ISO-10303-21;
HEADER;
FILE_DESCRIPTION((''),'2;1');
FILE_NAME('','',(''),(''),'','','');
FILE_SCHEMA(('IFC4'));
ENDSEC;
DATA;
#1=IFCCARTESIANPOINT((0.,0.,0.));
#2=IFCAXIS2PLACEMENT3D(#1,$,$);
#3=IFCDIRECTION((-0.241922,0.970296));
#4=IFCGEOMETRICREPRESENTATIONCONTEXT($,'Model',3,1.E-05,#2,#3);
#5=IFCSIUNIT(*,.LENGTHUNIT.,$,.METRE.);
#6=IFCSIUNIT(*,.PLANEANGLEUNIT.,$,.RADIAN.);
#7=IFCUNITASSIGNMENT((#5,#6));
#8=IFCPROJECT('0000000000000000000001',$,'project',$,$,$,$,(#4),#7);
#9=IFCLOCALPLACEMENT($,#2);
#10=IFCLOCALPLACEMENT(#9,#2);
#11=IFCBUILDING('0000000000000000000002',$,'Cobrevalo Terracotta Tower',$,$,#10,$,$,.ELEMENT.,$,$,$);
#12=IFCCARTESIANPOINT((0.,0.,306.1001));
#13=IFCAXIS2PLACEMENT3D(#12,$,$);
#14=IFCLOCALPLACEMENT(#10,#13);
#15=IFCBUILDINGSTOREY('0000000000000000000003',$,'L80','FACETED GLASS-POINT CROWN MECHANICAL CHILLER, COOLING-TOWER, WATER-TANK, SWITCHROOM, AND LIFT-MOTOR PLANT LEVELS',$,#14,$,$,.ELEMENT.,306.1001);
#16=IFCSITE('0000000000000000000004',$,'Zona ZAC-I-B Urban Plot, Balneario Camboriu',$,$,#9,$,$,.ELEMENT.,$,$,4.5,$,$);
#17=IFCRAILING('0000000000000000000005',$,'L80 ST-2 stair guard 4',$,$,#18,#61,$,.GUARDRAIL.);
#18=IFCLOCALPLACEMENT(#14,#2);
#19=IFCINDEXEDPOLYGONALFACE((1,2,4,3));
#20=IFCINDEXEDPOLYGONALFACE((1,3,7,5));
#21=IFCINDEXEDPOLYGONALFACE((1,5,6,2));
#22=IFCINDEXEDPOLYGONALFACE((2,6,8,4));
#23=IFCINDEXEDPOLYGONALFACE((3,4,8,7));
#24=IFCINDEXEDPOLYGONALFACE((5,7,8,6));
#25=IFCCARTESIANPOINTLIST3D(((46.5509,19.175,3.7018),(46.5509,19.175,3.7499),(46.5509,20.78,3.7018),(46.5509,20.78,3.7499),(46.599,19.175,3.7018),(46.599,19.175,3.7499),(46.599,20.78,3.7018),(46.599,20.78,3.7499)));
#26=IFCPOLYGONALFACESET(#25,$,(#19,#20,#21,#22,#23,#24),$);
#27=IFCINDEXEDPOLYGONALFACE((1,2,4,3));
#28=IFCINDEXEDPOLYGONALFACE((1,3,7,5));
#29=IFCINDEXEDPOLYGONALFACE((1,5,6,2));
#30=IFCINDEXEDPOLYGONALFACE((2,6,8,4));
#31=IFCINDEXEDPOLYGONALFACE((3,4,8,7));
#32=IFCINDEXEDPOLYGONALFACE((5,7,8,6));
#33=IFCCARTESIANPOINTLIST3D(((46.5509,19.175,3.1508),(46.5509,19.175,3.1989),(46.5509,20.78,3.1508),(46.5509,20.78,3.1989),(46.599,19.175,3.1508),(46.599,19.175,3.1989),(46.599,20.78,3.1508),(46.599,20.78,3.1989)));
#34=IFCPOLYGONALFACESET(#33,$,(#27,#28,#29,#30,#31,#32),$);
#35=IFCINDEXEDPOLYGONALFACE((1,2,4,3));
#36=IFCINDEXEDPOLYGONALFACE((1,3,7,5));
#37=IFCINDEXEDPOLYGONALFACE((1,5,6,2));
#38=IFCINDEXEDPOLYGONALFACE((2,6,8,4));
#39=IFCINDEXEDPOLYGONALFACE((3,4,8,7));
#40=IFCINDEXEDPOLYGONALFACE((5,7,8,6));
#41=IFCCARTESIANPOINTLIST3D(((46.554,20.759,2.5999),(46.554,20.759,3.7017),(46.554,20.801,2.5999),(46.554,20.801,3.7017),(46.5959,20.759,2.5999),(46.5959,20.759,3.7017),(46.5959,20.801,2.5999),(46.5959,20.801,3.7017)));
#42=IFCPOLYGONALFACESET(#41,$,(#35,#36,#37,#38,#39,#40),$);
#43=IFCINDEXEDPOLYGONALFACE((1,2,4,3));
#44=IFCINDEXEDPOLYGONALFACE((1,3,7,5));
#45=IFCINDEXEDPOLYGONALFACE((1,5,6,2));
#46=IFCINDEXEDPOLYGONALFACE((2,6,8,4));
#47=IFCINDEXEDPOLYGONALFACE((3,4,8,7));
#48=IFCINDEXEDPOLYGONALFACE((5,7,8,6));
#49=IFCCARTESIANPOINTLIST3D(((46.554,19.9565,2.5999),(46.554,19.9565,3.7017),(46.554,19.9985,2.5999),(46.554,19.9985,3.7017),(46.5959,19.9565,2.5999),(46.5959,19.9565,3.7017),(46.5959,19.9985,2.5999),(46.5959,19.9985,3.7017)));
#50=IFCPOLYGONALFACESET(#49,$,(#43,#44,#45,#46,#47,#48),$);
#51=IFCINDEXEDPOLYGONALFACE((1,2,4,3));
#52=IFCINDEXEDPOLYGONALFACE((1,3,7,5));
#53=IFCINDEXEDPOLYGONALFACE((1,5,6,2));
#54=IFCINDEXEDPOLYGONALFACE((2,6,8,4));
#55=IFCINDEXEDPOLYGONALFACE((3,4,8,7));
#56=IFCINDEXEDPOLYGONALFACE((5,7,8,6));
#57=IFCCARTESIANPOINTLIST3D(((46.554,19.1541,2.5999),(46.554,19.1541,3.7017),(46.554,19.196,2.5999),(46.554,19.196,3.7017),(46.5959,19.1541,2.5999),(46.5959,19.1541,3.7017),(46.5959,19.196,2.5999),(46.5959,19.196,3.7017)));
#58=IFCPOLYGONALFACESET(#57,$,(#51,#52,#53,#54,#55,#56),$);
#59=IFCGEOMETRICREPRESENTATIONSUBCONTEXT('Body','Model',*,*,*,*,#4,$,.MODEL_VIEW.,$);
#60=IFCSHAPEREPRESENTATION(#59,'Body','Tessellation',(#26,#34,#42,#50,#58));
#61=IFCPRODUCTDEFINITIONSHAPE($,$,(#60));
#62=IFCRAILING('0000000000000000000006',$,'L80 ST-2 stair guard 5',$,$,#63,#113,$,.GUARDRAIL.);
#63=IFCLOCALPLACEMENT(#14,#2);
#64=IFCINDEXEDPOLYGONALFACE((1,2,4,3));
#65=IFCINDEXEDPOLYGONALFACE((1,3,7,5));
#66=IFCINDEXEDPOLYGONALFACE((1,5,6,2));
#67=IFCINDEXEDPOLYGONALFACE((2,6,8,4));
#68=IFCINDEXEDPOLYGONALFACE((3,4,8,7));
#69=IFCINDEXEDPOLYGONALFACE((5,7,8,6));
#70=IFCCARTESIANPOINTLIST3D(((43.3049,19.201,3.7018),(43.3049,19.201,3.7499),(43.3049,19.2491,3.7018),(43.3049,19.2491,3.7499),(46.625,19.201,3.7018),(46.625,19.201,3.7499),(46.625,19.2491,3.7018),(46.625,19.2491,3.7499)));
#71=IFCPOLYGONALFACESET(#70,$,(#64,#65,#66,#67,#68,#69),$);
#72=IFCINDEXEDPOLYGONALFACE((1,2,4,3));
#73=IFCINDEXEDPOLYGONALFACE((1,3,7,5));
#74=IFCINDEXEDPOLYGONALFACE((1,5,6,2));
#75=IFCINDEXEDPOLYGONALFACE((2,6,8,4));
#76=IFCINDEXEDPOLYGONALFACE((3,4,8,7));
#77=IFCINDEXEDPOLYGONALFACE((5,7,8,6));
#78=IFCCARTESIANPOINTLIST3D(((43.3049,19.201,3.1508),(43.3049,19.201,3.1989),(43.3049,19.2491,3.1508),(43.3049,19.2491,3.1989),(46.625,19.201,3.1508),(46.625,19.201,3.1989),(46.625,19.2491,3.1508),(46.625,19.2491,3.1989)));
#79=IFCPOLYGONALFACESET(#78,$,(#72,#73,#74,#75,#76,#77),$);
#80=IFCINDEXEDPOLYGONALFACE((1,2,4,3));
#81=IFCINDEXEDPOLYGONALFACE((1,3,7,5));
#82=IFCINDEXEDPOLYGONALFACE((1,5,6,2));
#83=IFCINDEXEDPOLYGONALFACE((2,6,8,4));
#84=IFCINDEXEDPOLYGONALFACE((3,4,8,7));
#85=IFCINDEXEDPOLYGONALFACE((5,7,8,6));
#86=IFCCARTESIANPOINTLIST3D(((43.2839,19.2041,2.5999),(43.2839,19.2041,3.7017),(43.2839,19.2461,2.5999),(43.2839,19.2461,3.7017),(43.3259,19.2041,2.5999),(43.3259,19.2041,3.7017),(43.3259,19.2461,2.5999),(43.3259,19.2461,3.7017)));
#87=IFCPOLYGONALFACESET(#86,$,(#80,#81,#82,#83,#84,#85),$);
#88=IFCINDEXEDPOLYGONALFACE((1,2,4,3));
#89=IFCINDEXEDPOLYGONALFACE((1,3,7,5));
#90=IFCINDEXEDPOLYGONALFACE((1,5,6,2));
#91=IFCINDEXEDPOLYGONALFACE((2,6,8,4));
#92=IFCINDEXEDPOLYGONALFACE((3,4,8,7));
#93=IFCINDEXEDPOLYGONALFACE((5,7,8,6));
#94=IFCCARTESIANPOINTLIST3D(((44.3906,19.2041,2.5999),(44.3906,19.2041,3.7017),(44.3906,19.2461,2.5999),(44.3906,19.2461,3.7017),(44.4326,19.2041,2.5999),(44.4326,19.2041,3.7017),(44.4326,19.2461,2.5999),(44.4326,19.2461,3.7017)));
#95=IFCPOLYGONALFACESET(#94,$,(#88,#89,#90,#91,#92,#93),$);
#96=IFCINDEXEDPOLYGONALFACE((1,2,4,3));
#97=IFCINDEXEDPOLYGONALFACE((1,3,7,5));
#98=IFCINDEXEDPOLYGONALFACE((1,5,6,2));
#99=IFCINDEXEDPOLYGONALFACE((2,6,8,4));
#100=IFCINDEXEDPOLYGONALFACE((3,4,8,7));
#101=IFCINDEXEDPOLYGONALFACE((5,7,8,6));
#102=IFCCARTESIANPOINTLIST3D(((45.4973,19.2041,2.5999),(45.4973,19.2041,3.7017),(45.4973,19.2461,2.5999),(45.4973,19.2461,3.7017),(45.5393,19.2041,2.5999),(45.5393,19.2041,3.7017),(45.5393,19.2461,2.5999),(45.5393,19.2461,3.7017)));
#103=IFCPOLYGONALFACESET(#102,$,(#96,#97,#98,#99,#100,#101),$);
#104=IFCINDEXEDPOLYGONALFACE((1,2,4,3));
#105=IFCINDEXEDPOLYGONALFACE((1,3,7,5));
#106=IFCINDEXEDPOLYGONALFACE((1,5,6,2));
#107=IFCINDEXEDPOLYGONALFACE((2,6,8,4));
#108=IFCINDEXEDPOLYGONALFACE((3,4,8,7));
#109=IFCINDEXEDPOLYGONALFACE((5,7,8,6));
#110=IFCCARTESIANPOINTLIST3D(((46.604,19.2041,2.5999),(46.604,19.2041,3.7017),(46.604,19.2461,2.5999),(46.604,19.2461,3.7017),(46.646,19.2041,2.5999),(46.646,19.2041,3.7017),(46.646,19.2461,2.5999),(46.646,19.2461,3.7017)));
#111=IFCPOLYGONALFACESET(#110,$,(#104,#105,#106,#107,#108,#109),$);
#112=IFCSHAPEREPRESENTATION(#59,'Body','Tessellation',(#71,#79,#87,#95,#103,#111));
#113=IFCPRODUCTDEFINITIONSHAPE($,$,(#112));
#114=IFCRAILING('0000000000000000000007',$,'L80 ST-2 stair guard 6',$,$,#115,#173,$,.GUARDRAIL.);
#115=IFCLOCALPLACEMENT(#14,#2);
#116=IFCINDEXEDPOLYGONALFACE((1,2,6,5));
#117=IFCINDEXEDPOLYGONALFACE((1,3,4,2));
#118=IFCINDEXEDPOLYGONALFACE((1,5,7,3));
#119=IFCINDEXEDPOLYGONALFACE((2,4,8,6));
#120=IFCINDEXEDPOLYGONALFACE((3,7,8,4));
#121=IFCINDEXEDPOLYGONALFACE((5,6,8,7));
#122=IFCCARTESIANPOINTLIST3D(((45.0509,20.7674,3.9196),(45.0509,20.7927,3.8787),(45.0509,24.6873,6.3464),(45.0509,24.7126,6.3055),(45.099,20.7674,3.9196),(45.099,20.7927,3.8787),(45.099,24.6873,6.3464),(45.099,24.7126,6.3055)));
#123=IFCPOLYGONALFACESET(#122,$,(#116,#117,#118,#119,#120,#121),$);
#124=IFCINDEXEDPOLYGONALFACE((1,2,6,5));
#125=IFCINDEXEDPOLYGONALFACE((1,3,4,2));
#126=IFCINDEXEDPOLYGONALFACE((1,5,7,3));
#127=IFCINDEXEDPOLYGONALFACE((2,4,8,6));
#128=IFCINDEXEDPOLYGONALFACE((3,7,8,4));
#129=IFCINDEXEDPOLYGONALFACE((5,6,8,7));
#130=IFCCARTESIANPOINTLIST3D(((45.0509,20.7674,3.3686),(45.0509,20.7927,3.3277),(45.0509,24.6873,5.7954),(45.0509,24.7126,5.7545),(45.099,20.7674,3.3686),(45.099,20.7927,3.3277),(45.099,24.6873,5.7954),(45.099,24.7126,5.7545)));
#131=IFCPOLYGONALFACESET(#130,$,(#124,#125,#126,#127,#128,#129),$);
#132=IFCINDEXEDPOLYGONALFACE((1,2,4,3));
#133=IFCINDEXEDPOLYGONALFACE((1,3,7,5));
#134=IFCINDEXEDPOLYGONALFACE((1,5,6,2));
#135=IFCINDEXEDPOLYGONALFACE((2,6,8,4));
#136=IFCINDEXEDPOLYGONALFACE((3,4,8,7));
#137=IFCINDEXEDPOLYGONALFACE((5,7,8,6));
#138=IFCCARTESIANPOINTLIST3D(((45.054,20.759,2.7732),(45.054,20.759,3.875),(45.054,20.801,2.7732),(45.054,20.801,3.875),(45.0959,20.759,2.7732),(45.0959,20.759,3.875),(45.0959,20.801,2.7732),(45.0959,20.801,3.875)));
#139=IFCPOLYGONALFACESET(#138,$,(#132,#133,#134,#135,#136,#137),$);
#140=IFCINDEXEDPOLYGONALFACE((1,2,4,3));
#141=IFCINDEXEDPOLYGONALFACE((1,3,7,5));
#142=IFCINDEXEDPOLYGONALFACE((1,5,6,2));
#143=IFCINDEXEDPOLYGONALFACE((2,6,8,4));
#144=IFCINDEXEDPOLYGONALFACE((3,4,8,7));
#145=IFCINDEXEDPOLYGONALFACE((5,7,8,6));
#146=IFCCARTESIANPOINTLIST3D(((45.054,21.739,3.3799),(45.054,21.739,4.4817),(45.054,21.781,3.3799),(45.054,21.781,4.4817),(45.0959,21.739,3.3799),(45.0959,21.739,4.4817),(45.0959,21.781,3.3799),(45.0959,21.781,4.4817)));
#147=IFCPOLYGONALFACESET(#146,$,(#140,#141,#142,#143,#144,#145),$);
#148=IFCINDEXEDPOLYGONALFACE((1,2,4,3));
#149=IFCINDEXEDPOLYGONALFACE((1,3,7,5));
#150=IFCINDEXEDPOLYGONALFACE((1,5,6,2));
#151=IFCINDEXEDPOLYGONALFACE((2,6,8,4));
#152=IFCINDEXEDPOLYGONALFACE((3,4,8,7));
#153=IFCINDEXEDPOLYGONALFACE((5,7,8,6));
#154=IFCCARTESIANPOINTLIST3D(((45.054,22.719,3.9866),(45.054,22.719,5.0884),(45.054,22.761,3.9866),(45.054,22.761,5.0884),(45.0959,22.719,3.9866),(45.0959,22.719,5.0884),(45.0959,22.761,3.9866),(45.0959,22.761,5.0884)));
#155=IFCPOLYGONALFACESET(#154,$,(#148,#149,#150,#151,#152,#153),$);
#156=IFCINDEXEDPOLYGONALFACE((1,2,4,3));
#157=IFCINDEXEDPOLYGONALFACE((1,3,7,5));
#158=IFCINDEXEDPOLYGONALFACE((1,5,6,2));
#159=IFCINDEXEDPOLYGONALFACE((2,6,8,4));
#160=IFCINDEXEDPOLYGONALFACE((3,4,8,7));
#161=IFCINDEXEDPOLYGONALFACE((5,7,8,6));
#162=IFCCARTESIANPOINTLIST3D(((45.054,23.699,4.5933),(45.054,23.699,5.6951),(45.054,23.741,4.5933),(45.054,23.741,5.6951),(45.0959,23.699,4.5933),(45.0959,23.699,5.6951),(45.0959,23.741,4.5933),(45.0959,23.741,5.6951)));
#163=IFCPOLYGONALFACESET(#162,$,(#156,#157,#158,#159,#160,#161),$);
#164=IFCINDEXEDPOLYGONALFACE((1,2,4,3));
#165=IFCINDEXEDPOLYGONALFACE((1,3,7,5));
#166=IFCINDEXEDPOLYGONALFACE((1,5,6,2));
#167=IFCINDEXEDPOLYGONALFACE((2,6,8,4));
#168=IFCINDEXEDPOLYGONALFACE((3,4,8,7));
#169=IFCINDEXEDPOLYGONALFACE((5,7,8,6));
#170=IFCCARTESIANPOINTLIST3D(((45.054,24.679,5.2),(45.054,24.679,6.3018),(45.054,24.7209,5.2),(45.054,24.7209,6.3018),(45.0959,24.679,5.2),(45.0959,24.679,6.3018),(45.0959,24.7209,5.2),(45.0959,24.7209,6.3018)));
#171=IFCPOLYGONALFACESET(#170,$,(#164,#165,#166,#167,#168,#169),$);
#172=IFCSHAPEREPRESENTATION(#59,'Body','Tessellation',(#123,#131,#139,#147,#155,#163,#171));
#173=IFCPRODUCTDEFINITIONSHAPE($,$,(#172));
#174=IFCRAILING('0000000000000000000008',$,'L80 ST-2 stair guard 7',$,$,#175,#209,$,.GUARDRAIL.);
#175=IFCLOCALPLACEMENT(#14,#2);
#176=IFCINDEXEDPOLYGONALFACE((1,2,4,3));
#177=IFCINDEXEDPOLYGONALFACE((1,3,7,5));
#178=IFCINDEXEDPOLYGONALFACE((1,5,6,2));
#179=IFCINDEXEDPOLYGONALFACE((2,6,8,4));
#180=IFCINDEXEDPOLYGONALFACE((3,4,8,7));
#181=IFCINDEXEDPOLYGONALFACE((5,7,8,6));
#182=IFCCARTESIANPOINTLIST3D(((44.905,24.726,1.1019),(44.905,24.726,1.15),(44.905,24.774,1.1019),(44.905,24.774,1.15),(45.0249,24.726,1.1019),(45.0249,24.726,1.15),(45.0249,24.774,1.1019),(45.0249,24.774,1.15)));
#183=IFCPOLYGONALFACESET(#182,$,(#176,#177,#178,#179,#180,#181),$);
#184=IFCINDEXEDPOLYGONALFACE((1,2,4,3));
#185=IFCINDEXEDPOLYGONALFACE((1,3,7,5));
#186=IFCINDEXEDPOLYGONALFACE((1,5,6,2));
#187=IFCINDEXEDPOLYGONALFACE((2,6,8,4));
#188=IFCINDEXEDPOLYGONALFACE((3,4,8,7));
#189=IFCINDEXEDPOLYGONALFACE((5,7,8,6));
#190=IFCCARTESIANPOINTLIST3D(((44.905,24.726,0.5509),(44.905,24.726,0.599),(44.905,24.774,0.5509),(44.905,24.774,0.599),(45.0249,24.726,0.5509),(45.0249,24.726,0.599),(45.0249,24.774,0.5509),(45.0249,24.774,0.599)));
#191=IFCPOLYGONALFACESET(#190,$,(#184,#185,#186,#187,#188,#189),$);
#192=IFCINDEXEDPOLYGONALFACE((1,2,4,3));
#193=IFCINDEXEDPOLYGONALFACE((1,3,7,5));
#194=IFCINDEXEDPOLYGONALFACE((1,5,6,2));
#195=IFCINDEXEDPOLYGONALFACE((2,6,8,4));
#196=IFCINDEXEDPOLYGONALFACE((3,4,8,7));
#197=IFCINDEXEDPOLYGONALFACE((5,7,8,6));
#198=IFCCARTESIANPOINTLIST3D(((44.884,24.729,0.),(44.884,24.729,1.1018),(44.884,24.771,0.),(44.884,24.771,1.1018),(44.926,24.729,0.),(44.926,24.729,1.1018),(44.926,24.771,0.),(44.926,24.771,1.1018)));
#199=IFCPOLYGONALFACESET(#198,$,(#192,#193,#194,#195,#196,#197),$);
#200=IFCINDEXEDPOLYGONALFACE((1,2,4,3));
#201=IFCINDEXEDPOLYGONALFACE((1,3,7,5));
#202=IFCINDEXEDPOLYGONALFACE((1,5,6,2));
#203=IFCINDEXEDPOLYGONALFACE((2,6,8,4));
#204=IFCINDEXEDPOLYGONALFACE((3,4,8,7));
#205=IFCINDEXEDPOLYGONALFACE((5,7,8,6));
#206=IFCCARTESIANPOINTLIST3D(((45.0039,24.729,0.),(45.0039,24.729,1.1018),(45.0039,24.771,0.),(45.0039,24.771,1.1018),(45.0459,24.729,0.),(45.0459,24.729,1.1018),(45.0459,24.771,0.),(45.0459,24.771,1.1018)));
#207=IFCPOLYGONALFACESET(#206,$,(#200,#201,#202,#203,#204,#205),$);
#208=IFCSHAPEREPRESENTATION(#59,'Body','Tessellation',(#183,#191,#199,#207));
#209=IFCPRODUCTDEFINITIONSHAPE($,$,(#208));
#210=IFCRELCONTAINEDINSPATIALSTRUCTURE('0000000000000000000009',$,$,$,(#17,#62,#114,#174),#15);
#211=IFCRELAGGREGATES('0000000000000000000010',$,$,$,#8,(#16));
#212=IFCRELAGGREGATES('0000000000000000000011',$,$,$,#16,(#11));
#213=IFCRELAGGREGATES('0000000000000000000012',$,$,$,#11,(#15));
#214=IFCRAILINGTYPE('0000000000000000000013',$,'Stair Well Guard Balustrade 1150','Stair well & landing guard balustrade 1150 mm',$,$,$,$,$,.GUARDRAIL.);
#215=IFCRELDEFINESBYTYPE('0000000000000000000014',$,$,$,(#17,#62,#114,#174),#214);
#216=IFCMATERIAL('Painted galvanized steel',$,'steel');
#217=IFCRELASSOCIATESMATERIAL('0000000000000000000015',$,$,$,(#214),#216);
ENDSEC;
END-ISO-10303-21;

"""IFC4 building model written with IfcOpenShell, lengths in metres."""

from ifc_helpers import new_model, si_unit, direction, frame, origin, origin_2d, place, context, subcontext, project, spatial, rectangle, extrude, material, type_object, element, save


model = new_model("IFC4")

# Units and contexts
model_context = context("Model", 3, precision=1e-05, world=origin(), true_north=direction((-0.241922, 0.970296)))
body_context = subcontext(model_context, "Body", "Model", "MODEL_VIEW")
ifc_project = project(units=[si_unit("LENGTHUNIT", "METRE"), si_unit("PLANEANGLEUNIT", "RADIAN")], contexts=[model_context])

# Site, building, storey
site_placement = place(None, origin())
site = spatial("IfcSite", under=ifc_project, at=site_placement, Name="Zona ZAC-I-B Urban Plot, Balneario Camboriu", CompositionType="ELEMENT", RefElevation=4.5)
building_placement = place(site_placement, origin())
building = spatial("IfcBuilding", under=site, at=building_placement, Name="Cobrevalo Terracotta Tower", CompositionType="ELEMENT")
storey_placement = place(building_placement, frame((0.0, 0.0, 306.1001)))
storey = spatial("IfcBuildingStorey", under=building, at=storey_placement, Name="L80", Description="FACETED GLASS-POINT CROWN MECHANICAL CHILLER, COOLING-TOWER, WATER-TANK, SWITCHROOM, AND LIFT-MOTOR PLANT LEVELS", CompositionType="ELEMENT", Elevation=306.1001)

# Railings
ifc_material_1 = material(Name="Painted galvanized steel", Category="steel")
railing_type_1 = type_object("IfcRailingType", Name="Stair Well Guard Balustrade 1150", Description="Stair well & landing guard balustrade 1150 mm", PredefinedType="GUARDRAIL", material=ifc_material_1)
for number, where, name in (
    (1, (46.575, 20.78, 2.5999), "L80 ST-2 stair guard 4"),
):
    element("IfcRailing", number, at=place(storey_placement, frame(where)), inside=storey, type_object=railing_type_1, Name=name, PredefinedType="GUARDRAIL", context=body_context, shape_type="SweptSolid", body=[
        extrude(rectangle(XDim=0.0481, YDim=0.0481, at=origin_2d()), frame((0.0, 0.0, 1.126), z_axis=(0.0, -1.0, 0.0), x_axis=(1.0, 0.0, 0.0)), (0.0, 0.0, 1.0), 1.605),
        extrude(rectangle(XDim=0.0481, YDim=0.0481, at=origin_2d()), frame((0.0, 0.0, 0.575), z_axis=(0.0, -1.0, 0.0), x_axis=(1.0, 0.0, 0.0)), (0.0, 0.0, 1.0), 1.605),
        extrude(rectangle(XDim=0.042, YDim=0.042, at=origin_2d()), origin(), (0.0, 0.0, 1.0), 1.1018),
        extrude(rectangle(XDim=0.042, YDim=0.042, at=origin_2d()), frame((0.0, -0.8025, 0.0)), (0.0, 0.0, 1.0), 1.1018),
        extrude(rectangle(XDim=0.042, YDim=0.042, at=origin_2d()), frame((0.0, -1.605, 0.0)), (0.0, 0.0, 1.0), 1.1018),
    ])
railing_1_placement = place(storey_placement, frame((43.3049, 19.2251, 2.5999)))
element("IfcRailing", 2, at=railing_1_placement, inside=storey, type_object=railing_type_1, Name="L80 ST-2 stair guard 5", PredefinedType="GUARDRAIL", context=body_context, shape_type="SweptSolid", body=[
    extrude(rectangle(XDim=0.0481, YDim=0.0481, at=origin_2d()), frame((0.0, 0.0, 1.126), z_axis=(1.0, 0.0, 0.0), x_axis=(0.0, 1.0, 0.0)), (0.0, 0.0, 1.0), 3.3201),
    extrude(rectangle(XDim=0.0481, YDim=0.0481, at=origin_2d()), frame((0.0, 0.0, 0.575), z_axis=(1.0, 0.0, 0.0), x_axis=(0.0, 1.0, 0.0)), (0.0, 0.0, 1.0), 3.3201),
    extrude(rectangle(XDim=0.042, YDim=0.042, at=origin_2d()), origin(), (0.0, 0.0, 1.0), 1.1018),
    extrude(rectangle(XDim=0.042, YDim=0.042, at=origin_2d()), frame((1.1067, 0.0, 0.0)), (0.0, 0.0, 1.0), 1.1018),
    extrude(rectangle(XDim=0.042, YDim=0.042, at=origin_2d()), frame((2.2134, 0.0, 0.0)), (0.0, 0.0, 1.0), 1.1018),
    extrude(rectangle(XDim=0.042, YDim=0.042, at=origin_2d()), frame((3.3201, 0.0, 0.0)), (0.0, 0.0, 1.0), 1.1018),
])
railing_2_placement = place(storey_placement, frame((45.075, 20.78, 2.7732)))
element("IfcRailing", 3, at=railing_2_placement, inside=storey, type_object=railing_type_1, Name="L80 ST-2 stair guard 6", PredefinedType="GUARDRAIL", context=body_context, shape_type="SweptSolid", body=[
    extrude(rectangle(XDim=0.0481, YDim=0.0481, at=origin_2d()), frame((0.0, 0.0, 1.126), z_axis=(0.0, 0.850252, 0.526376), x_axis=(-1.0, 0.0, 0.0)), (0.0, 0.0, 1.0), 4.6104),
    extrude(rectangle(XDim=0.0481, YDim=0.0481, at=origin_2d()), frame((0.0, 0.0, 0.575), z_axis=(0.0, 0.850252, 0.526376), x_axis=(-1.0, 0.0, 0.0)), (0.0, 0.0, 1.0), 4.6104),
    extrude(rectangle(XDim=0.042, YDim=0.042, at=origin_2d()), origin(), (0.0, 0.0, 1.0), 1.1018),
    extrude(rectangle(XDim=0.042, YDim=0.042, at=origin_2d()), frame((0.0, 0.98, 0.6067)), (0.0, 0.0, 1.0), 1.1018),
    extrude(rectangle(XDim=0.042, YDim=0.042, at=origin_2d()), frame((0.0, 1.96, 1.2134)), (0.0, 0.0, 1.0), 1.1018),
    extrude(rectangle(XDim=0.042, YDim=0.042, at=origin_2d()), frame((0.0, 2.9399, 1.8201)), (0.0, 0.0, 1.0), 1.1018),
    extrude(rectangle(XDim=0.042, YDim=0.042, at=origin_2d()), frame((0.0, 3.9199, 2.4268)), (0.0, 0.0, 1.0), 1.1018),
])
railing_3_placement = place(storey_placement, frame((44.905, 24.75, 0.0)))
element("IfcRailing", 4, at=railing_3_placement, inside=storey, type_object=railing_type_1, Name="L80 ST-2 stair guard 7", PredefinedType="GUARDRAIL", context=body_context, shape_type="SweptSolid", body=[
    extrude(rectangle(XDim=0.0481, YDim=0.0481, at=origin_2d()), frame((0.0, 0.0, 1.126), z_axis=(1.0, 0.0, 0.0), x_axis=(0.0, 1.0, 0.0)), (0.0, 0.0, 1.0), 0.1199),
    extrude(rectangle(XDim=0.0481, YDim=0.0481, at=origin_2d()), frame((0.0, 0.0, 0.575), z_axis=(1.0, 0.0, 0.0), x_axis=(0.0, 1.0, 0.0)), (0.0, 0.0, 1.0), 0.1199),
    extrude(rectangle(XDim=0.042, YDim=0.042, at=origin_2d()), origin(), (0.0, 0.0, 1.0), 1.1018),
    extrude(rectangle(XDim=0.042, YDim=0.042, at=origin_2d()), frame((0.1199, 0.0, 0.0)), (0.0, 0.0, 1.0), 1.1018),
])

save(model, "model.ifc")
